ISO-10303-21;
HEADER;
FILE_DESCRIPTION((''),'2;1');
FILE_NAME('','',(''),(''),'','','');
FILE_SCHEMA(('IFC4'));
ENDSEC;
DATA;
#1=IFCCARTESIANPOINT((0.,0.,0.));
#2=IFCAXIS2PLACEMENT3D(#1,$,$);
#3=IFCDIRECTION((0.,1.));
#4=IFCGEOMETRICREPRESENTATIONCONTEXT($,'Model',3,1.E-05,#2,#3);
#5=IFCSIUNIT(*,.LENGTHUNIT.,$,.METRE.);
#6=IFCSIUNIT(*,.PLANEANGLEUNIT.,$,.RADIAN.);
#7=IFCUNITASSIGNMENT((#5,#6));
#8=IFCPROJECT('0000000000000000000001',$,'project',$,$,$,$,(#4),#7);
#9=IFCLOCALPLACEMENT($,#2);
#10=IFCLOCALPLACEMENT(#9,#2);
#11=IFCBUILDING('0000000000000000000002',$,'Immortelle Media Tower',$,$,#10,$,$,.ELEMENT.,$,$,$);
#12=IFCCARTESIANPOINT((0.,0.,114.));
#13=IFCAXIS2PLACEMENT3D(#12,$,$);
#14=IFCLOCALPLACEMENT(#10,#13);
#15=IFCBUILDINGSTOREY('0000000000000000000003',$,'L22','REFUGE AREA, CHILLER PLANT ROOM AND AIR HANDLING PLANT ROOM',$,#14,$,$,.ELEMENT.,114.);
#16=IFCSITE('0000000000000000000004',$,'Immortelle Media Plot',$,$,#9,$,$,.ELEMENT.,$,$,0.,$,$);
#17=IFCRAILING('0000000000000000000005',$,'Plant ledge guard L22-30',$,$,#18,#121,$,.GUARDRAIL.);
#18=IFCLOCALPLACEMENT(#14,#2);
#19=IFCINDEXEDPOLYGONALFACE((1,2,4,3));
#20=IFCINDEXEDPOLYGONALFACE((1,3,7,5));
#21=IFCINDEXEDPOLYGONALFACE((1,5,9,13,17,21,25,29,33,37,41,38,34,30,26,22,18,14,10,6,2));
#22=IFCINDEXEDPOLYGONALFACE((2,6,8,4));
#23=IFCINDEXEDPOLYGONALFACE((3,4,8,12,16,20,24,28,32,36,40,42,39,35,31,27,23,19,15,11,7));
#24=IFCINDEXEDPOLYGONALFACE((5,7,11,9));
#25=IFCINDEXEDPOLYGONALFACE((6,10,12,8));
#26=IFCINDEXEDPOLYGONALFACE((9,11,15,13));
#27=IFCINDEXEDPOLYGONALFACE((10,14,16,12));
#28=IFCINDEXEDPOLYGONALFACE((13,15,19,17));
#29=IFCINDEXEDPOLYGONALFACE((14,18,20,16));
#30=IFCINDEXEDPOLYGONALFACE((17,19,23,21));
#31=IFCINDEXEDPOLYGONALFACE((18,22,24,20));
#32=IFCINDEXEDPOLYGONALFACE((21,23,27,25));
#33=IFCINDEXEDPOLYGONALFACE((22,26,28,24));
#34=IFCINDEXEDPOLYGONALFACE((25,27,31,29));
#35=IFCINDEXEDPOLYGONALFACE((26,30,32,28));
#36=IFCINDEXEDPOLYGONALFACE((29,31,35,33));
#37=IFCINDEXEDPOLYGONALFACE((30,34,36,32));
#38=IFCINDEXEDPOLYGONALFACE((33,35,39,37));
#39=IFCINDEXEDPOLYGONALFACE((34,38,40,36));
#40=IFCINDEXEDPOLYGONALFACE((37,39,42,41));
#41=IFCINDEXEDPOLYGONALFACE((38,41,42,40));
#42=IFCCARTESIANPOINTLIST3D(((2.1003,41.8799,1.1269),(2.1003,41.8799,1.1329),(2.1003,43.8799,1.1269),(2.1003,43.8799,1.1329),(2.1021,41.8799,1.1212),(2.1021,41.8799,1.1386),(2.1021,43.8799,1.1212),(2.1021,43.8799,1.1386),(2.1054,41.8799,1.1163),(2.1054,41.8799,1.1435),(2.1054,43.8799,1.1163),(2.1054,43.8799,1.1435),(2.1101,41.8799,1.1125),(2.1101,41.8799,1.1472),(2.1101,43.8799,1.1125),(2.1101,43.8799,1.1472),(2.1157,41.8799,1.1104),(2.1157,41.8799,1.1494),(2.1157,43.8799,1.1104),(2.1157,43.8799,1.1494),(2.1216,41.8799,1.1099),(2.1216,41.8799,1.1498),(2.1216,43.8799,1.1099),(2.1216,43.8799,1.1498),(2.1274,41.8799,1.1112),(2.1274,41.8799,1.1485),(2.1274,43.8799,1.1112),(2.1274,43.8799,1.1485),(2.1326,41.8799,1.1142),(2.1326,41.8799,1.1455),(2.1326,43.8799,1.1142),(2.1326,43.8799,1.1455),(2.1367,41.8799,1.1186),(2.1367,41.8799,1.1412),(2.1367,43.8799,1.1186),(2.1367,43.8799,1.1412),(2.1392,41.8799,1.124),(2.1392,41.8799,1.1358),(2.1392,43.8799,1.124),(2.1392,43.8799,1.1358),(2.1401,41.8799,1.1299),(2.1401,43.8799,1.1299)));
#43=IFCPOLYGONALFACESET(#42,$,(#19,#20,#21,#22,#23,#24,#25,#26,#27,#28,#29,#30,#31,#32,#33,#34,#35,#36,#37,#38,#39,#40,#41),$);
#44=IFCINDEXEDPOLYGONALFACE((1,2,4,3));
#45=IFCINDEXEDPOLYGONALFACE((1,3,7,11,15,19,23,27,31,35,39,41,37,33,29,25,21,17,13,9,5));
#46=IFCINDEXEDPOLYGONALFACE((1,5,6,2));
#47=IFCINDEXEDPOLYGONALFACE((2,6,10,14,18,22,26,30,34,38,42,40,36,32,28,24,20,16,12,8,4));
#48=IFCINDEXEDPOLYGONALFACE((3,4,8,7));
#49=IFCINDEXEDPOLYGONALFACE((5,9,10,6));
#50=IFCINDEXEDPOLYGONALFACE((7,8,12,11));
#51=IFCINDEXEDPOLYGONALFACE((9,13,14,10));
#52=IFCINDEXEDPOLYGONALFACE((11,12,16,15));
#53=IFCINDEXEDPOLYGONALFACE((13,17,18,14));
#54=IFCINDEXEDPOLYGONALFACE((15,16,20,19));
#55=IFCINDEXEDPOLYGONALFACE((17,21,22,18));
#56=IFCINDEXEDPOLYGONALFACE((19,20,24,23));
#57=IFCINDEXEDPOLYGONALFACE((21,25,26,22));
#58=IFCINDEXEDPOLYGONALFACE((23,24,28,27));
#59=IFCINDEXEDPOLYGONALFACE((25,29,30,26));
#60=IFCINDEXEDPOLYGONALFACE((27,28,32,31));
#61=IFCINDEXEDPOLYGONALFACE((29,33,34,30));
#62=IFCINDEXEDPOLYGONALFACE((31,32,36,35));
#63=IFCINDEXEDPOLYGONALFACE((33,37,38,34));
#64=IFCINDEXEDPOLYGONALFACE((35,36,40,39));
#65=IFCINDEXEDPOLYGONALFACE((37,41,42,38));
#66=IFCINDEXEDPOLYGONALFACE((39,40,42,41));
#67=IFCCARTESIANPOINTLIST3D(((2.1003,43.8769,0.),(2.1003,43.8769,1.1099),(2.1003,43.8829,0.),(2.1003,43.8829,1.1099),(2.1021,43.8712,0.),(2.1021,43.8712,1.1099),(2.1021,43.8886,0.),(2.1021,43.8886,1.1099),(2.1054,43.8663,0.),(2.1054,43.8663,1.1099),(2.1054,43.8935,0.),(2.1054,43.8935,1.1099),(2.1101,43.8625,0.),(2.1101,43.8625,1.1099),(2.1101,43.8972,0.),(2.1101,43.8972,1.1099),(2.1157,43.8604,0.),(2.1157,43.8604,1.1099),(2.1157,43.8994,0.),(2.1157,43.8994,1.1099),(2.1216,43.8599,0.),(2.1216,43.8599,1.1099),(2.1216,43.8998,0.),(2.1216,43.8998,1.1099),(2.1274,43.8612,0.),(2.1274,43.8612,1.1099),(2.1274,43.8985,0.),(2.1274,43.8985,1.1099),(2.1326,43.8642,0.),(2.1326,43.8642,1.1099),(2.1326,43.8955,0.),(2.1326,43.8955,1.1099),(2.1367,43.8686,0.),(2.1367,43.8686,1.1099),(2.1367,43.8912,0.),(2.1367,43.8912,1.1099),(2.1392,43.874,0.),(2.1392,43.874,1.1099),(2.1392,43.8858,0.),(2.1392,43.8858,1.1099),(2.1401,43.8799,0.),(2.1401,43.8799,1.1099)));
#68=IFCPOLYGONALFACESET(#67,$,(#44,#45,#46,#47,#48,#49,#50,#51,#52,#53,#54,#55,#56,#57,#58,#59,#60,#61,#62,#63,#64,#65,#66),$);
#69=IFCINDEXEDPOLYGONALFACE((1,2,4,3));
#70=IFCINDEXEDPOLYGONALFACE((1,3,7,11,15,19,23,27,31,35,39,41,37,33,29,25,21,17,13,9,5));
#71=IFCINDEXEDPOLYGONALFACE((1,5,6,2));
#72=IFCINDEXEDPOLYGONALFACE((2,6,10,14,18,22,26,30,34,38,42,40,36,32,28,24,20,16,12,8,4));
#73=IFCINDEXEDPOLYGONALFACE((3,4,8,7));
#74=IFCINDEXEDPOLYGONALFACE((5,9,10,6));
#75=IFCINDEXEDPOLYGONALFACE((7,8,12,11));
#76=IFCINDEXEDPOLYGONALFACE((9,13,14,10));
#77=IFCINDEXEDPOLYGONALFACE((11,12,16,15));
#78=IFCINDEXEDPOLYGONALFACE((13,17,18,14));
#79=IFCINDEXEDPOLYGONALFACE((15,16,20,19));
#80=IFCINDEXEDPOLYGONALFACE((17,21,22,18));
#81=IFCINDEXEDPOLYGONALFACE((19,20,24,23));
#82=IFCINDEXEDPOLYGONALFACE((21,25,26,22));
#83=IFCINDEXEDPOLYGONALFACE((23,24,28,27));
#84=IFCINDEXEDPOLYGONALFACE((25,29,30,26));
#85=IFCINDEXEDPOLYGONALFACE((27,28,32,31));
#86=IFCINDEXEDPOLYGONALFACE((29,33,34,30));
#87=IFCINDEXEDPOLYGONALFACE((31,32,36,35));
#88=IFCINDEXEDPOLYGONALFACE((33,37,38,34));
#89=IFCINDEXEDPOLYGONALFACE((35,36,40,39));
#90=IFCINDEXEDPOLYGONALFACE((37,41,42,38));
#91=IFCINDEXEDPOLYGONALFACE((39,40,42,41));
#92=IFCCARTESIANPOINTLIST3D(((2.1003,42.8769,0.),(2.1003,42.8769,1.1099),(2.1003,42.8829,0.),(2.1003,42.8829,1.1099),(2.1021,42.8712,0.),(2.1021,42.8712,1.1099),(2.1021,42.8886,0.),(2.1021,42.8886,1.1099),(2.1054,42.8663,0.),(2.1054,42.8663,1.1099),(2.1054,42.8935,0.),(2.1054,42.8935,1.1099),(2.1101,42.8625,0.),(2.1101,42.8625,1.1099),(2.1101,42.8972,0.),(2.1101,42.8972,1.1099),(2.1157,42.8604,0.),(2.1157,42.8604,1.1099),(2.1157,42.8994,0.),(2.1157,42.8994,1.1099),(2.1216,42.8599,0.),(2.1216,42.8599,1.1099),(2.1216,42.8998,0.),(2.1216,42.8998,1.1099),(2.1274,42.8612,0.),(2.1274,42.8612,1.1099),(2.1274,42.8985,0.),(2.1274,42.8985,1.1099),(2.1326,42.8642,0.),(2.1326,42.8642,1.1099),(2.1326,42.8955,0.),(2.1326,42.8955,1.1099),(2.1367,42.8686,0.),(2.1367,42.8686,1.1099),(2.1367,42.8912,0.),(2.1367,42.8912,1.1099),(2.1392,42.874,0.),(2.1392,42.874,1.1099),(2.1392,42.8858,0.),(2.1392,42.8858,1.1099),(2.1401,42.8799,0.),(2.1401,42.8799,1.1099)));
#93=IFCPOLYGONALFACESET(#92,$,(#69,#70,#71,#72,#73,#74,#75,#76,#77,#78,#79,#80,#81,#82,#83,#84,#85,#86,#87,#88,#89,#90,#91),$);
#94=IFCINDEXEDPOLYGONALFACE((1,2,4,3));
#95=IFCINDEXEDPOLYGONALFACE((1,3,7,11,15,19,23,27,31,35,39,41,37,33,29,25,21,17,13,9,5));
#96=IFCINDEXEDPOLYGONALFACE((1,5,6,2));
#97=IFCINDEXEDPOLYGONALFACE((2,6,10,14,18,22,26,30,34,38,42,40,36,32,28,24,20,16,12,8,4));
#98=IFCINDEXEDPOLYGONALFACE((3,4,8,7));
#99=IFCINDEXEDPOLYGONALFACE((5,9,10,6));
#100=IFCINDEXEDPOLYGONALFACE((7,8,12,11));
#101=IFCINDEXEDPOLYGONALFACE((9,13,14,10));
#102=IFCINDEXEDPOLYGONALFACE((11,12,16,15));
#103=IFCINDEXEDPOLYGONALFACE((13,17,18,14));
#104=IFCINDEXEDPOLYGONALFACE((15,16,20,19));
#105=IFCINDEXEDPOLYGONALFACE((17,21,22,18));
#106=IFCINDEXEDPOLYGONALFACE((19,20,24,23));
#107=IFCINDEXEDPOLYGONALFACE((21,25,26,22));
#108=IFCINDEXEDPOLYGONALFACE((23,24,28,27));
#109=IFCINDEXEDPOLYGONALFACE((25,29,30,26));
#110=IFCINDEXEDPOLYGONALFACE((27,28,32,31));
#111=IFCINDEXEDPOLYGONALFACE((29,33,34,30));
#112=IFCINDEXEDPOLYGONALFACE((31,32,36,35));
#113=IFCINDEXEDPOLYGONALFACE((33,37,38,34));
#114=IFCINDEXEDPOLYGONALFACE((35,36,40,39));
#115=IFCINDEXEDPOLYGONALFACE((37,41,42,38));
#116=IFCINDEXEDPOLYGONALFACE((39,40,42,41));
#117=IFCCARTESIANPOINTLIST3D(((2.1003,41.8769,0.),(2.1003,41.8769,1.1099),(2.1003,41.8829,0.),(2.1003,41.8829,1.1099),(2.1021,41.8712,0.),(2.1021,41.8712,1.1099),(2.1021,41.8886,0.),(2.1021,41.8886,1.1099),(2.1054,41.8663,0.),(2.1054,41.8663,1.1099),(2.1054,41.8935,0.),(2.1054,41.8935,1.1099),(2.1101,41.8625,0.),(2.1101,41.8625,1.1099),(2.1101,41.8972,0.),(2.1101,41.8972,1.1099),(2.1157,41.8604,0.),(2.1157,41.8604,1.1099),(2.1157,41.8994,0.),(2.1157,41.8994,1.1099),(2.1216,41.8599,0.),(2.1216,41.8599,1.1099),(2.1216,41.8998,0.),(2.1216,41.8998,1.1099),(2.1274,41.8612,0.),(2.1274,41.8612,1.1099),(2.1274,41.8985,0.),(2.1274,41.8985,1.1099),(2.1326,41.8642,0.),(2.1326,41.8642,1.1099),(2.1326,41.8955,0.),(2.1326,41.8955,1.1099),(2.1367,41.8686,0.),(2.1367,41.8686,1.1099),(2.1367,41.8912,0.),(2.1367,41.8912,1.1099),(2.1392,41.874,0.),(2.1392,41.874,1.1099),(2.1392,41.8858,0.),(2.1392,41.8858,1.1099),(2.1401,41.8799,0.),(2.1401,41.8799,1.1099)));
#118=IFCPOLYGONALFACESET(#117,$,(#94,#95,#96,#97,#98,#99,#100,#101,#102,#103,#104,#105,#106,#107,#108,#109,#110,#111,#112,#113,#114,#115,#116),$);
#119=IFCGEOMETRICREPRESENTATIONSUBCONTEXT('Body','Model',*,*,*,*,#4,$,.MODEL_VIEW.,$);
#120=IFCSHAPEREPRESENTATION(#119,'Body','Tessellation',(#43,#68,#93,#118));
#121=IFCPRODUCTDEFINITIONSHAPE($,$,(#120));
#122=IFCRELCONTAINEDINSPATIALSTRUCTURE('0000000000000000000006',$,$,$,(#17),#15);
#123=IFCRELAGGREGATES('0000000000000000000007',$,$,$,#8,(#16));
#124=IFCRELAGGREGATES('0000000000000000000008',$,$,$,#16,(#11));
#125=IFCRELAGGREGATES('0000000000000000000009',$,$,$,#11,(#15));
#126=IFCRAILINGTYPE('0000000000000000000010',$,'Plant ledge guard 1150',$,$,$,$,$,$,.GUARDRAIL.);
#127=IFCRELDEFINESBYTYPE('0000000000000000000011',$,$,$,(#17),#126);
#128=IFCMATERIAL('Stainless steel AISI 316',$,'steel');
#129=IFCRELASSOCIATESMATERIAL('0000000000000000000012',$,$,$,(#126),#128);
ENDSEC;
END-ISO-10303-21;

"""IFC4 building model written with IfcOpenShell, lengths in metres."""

from ifc_helpers import new_model, si_unit, direction, frame, origin, origin_2d, place, context, subcontext, project, spatial, circle, extrude, material, type_object, element, save


model = new_model("IFC4")

# Units and contexts
model_context = context("Model", 3, precision=1e-05, world=origin(), true_north=direction((0.0, 1.0)))
body_context = subcontext(model_context, "Body", "Model", "MODEL_VIEW")
ifc_project = project(units=[si_unit("LENGTHUNIT", "METRE"), si_unit("PLANEANGLEUNIT", "RADIAN")], contexts=[model_context])

# Site, building, storey
site_placement = place(None, origin())
site = spatial("IfcSite", under=ifc_project, at=site_placement, Name="Immortelle Media Plot", CompositionType="ELEMENT", RefElevation=0.0)
building_placement = place(site_placement, origin())
building = spatial("IfcBuilding", under=site, at=building_placement, Name="Immortelle Media Tower", CompositionType="ELEMENT")
storey_placement = place(building_placement, frame((0.0, 0.0, 114.0)))
storey = spatial("IfcBuildingStorey", under=building, at=storey_placement, Name="L22", Description="REFUGE AREA, CHILLER PLANT ROOM AND AIR HANDLING PLANT ROOM", CompositionType="ELEMENT", Elevation=114.0)

# Railing
ifc_material_1 = material(Name="Stainless steel AISI 316", Category="steel")
railing_type = type_object("IfcRailingType", Name="Plant ledge guard 1150", PredefinedType="GUARDRAIL", material=ifc_material_1)
railing_1_placement = place(storey_placement, frame((2.1201, 43.8799, 0.0)))
element("IfcRailing", 1, at=railing_1_placement, inside=storey, type_object=railing_type, Name="Plant ledge guard L22-30", PredefinedType="GUARDRAIL", context=body_context, shape_type="SweptSolid", body=[
    extrude(circle(Radius=0.02, at=origin_2d()), frame((0.0, 0.0, 1.1299), z_axis=(0.0, -1.0, 0.0), x_axis=(1.0, 0.0, 0.0)), (0.0, 0.0, 1.0), 2.0),
    extrude(circle(Radius=0.02, at=origin_2d()), origin(), (0.0, 0.0, 1.0), 1.1099),
    extrude(circle(Radius=0.02, at=origin_2d()), frame((0.0, -1.0, 0.0)), (0.0, 0.0, 1.0), 1.1099),
    extrude(circle(Radius=0.02, at=origin_2d()), frame((0.0, -2.0, 0.0)), (0.0, 0.0, 1.0), 1.1099),
])

save(model, "model.ifc")
